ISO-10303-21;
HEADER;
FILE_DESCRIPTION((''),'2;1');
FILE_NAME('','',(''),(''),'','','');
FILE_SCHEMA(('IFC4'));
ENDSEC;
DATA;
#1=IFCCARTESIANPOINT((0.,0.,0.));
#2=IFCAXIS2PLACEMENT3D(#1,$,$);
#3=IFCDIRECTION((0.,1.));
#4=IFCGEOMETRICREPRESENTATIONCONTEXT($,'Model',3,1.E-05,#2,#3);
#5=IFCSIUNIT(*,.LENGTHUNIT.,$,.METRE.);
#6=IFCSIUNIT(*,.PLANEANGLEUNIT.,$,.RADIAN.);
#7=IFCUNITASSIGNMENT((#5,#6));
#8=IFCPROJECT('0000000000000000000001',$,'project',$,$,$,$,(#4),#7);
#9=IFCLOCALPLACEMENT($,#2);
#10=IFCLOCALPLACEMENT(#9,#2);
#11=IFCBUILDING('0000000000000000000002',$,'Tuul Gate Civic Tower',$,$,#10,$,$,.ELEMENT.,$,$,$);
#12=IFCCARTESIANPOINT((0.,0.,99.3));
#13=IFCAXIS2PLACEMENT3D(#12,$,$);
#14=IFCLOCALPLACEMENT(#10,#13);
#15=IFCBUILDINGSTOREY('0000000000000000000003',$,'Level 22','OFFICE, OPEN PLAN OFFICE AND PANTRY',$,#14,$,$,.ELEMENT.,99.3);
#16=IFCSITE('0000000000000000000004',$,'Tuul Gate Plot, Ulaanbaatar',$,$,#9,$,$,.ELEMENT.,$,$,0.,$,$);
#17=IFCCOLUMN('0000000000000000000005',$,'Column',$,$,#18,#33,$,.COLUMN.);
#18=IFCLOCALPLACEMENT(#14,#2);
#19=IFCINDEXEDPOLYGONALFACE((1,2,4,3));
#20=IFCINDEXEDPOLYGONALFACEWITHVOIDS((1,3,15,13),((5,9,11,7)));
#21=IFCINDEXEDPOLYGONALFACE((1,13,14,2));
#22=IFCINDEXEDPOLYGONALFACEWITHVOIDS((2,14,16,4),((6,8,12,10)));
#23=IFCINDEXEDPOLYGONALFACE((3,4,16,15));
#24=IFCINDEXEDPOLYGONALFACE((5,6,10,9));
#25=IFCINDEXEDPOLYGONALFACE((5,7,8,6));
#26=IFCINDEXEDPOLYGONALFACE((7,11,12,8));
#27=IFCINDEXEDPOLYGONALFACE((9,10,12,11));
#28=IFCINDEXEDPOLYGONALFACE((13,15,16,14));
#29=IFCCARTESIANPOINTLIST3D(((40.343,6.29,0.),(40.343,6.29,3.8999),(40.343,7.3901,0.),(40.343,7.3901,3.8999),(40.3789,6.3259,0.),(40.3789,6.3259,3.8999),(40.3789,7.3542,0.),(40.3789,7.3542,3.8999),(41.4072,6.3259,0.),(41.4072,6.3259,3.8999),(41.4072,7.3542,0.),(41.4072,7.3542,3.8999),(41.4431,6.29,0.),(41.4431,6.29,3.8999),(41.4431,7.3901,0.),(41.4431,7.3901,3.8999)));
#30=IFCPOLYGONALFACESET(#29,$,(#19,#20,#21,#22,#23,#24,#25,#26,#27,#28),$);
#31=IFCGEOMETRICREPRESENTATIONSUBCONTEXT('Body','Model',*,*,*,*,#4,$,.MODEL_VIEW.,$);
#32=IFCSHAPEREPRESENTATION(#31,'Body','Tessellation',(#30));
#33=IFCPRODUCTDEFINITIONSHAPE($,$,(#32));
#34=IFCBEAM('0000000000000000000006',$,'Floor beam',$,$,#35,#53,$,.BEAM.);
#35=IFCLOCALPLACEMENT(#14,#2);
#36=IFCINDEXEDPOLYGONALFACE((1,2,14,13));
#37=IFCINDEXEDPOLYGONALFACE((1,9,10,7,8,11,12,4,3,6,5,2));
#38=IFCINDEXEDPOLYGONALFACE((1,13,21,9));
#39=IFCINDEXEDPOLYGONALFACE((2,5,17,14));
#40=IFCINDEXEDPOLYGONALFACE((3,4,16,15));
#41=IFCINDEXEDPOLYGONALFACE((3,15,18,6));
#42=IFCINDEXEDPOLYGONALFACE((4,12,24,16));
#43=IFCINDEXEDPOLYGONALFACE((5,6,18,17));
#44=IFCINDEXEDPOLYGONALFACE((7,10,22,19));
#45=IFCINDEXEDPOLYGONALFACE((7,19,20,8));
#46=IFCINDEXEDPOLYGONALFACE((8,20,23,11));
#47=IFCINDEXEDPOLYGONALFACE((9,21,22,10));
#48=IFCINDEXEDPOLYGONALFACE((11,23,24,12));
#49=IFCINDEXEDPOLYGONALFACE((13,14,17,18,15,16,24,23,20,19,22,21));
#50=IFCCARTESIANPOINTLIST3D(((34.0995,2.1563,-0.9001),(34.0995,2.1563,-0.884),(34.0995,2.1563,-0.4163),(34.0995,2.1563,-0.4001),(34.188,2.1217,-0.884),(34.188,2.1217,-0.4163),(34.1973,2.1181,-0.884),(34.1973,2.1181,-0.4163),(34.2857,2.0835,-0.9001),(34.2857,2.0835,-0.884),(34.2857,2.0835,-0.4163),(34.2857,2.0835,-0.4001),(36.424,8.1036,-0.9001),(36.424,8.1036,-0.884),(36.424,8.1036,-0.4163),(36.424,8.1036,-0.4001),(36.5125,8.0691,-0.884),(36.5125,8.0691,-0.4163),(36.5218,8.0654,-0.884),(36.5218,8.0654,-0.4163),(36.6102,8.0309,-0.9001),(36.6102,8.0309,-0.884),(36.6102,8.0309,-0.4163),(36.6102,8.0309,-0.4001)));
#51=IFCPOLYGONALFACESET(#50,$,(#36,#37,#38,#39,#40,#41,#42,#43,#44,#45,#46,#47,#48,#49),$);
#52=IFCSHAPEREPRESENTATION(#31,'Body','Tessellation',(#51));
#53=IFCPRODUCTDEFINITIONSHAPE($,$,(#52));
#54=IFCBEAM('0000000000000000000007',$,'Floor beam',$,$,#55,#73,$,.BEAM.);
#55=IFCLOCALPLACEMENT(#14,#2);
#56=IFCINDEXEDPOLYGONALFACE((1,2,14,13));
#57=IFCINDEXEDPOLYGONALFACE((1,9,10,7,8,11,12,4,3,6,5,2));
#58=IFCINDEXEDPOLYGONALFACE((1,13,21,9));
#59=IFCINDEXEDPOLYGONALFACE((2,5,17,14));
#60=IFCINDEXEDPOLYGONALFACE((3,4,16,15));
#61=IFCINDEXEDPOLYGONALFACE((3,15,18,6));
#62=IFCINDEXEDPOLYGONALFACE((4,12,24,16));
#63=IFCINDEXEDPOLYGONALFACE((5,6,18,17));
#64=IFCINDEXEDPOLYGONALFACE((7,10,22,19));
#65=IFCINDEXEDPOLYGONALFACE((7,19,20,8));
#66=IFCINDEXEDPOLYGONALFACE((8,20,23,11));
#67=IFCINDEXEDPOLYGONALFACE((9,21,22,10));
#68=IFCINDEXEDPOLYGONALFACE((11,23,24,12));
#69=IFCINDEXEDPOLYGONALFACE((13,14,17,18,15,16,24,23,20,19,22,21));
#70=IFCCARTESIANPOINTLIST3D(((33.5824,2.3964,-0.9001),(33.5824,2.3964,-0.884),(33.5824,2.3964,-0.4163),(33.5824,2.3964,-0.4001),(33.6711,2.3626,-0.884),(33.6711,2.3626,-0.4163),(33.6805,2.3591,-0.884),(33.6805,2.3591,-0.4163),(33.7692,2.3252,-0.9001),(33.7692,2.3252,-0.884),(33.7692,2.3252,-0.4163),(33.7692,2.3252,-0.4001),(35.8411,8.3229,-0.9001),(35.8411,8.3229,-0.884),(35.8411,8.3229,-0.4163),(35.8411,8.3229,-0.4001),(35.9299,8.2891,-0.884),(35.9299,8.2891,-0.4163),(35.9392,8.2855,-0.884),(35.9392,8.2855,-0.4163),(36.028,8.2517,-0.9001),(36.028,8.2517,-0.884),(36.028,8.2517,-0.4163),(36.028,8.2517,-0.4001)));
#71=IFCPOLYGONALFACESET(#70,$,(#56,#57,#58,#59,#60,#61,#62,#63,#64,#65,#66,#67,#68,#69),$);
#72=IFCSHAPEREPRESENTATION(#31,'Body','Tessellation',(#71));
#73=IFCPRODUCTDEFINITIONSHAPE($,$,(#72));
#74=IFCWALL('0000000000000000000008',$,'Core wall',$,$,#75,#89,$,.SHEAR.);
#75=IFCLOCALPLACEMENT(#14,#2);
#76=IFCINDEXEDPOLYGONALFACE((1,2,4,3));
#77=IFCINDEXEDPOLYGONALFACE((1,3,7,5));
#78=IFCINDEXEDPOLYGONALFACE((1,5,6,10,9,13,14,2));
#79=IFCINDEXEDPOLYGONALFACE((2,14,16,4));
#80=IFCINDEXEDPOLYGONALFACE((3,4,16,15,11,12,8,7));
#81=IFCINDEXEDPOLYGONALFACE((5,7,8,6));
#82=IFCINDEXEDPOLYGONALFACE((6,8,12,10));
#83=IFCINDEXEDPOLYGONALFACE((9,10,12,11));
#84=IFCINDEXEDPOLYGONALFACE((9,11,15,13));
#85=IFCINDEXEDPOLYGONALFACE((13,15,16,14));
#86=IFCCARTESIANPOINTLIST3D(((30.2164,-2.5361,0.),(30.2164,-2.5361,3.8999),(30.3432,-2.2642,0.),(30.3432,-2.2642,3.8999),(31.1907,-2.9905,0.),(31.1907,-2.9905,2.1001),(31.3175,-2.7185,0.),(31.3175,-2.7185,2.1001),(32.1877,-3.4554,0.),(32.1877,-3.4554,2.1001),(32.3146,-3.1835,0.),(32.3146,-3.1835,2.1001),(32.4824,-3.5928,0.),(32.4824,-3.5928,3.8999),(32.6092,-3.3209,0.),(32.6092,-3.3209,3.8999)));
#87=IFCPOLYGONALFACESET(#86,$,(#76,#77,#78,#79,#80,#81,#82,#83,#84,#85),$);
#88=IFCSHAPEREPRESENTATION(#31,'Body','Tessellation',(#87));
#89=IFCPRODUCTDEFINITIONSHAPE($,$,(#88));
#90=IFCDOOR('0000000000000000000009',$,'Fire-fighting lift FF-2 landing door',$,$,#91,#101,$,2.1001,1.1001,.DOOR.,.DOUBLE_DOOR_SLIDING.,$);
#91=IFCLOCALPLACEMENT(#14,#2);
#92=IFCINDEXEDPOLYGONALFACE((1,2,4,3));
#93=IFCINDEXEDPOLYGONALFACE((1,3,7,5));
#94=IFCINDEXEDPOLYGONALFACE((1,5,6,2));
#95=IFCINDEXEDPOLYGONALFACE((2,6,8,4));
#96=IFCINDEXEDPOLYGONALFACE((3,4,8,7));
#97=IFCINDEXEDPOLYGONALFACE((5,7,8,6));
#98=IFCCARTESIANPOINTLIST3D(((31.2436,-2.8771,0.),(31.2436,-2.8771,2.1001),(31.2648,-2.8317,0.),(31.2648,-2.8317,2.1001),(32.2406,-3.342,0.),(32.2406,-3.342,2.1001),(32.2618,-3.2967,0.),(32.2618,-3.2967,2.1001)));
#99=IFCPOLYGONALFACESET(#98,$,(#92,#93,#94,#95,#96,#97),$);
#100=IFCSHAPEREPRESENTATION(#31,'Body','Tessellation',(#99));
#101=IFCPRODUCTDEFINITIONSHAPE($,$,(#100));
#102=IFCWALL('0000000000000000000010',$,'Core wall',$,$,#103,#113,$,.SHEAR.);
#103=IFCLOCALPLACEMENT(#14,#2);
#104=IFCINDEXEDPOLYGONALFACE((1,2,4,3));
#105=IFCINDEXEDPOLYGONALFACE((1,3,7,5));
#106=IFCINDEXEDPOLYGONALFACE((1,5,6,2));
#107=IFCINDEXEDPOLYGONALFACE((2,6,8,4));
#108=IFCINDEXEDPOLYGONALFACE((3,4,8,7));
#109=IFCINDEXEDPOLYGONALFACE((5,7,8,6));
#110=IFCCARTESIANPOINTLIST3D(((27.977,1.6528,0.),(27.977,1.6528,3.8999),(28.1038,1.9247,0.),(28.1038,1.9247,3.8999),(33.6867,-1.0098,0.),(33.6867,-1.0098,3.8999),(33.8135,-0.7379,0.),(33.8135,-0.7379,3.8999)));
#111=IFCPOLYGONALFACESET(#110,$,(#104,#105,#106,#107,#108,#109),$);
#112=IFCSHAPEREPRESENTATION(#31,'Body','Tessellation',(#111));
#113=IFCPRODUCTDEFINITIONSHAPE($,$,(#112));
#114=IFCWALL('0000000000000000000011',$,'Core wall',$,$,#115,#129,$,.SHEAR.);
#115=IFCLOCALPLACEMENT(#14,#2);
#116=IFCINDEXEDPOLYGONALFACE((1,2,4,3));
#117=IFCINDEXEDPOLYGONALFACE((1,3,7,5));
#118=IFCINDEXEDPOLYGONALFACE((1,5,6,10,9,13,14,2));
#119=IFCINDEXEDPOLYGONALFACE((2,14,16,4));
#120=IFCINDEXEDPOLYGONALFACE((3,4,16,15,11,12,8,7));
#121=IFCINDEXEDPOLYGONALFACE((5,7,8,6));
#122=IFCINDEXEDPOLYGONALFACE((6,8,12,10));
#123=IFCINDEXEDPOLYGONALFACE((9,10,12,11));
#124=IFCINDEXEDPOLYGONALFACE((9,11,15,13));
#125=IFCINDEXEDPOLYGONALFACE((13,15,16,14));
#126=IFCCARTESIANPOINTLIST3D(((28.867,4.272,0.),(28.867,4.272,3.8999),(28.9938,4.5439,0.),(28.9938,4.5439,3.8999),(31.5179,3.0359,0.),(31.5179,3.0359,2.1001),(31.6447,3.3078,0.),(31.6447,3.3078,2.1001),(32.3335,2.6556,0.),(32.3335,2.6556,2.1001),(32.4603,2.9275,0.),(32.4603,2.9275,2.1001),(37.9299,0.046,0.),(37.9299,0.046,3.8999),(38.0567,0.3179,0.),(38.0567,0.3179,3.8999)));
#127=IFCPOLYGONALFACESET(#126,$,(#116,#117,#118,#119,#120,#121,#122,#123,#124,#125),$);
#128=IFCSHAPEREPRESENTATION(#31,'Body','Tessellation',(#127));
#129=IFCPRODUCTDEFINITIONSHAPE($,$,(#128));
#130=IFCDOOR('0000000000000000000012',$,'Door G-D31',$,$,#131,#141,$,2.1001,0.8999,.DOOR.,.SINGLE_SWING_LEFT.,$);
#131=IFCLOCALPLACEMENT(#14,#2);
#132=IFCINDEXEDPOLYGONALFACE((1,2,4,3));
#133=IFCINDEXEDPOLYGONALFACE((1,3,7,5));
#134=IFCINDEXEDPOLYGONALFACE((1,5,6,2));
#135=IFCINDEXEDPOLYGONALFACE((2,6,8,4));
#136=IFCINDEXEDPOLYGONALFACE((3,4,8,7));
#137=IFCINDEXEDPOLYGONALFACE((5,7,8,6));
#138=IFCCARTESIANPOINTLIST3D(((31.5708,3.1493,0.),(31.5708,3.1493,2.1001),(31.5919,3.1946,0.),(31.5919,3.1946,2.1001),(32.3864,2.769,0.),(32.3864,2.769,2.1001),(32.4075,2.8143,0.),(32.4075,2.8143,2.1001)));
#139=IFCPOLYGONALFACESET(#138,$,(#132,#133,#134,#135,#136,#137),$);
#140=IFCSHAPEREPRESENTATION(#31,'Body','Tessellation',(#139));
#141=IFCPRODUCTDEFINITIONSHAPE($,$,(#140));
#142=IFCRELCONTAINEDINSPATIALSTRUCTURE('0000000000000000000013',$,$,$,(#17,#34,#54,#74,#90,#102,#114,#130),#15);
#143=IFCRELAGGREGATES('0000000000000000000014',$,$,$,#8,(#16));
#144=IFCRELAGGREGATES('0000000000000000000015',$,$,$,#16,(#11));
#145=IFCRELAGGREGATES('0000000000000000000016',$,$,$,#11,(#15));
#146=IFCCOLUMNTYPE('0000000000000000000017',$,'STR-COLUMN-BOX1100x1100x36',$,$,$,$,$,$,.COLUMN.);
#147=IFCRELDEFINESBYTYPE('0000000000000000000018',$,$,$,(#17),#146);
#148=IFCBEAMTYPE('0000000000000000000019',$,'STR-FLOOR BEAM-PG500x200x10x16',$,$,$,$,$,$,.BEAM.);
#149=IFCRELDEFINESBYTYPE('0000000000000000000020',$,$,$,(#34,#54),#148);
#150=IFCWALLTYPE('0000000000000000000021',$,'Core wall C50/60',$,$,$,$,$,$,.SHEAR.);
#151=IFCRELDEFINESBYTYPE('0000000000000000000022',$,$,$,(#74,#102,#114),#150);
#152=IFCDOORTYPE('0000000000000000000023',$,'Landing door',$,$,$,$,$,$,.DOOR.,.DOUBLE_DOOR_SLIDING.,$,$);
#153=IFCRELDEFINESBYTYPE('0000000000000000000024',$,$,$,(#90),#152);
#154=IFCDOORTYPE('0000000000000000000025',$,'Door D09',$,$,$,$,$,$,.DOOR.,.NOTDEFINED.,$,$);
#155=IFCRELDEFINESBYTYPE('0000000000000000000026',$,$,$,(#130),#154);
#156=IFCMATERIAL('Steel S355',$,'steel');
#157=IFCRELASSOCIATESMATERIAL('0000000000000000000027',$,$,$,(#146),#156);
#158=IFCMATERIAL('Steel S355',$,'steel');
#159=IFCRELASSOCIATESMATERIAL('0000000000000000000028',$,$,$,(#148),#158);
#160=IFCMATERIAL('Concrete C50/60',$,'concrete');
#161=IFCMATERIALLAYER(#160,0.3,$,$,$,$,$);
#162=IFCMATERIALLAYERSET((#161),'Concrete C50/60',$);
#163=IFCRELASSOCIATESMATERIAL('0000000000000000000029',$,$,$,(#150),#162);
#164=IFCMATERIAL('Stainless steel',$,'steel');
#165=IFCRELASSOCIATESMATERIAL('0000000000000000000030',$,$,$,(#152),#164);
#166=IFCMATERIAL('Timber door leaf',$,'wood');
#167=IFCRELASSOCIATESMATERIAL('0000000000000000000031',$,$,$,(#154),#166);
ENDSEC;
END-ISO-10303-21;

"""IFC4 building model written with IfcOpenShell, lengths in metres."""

from ifc_helpers import new_model, si_unit, direction, frame, frame_2d, origin, origin_2d, place, context, subcontext, project, spatial, rectangle, hollow_rectangle, i_section, extrude, material, layer, layer_set, material_profile, profile_set, type_object, element, fill, save


model = new_model("IFC4")

# Units and contexts
model_context = context("Model", 3, precision=1e-05, world=origin(), true_north=direction((0.0, 1.0)))
body_context = subcontext(model_context, "Body", "Model", "MODEL_VIEW")
ifc_project = project(units=[si_unit("LENGTHUNIT", "METRE"), si_unit("PLANEANGLEUNIT", "RADIAN")], contexts=[model_context])

# Site, building, storey
site_placement = place(None, origin())
site = spatial("IfcSite", under=ifc_project, at=site_placement, Name="Tuul Gate Plot, Ulaanbaatar", CompositionType="ELEMENT", RefElevation=0.0)
building_placement = place(site_placement, origin())
building = spatial("IfcBuilding", under=site, at=building_placement, Name="Tuul Gate Civic Tower", CompositionType="ELEMENT")
storey_placement = place(building_placement, frame((0.0, 0.0, 99.3)))
storey = spatial("IfcBuildingStorey", under=building, at=storey_placement, Name="Level 22", Description="OFFICE, OPEN PLAN OFFICE AND PANTRY", CompositionType="ELEMENT", Elevation=99.3)

# Column
ifc_material_1 = material(Name="Steel S355", Category="steel")
ifc_material_profile_1 = material_profile(ifc_material_1, hollow_rectangle(XDim=1.1001, YDim=1.1001, WallThickness=0.0359, at=origin_2d()), Name="BOX1100x1100x36")
ifc_profile_set_1 = profile_set([ifc_material_profile_1], Name="Steel S355")
column_type = type_object("IfcColumnType", Name="STR-COLUMN-BOX1100x1100x36", PredefinedType="COLUMN", material=ifc_profile_set_1)
column_placement = place(storey_placement, frame((40.8931, 6.8401, 0.0), z_axis=(0.0, 0.0, 1.0), x_axis=(1.0, 0.0, 0.0)))
element("IfcColumn", 1, at=column_placement, inside=storey, type_object=column_type, Name="Column", PredefinedType="COLUMN", context=body_context, shape_type="SweptSolid", body=[
    extrude(hollow_rectangle(XDim=1.1001, YDim=1.1001, WallThickness=0.0359, at=origin_2d()), origin(), (0.0, 0.0, 1.0), 3.8999),
])

# Beams
ifc_material_2 = material(Name="Steel S355", Category="steel")
ifc_material_profile_2 = material_profile(ifc_material_2, i_section(OverallWidth=0.2, OverallDepth=0.5, WebThickness=0.01, FlangeThickness=0.0161, at=origin_2d()), Name="PG500x200x10x16")
ifc_profile_set_2 = profile_set([ifc_material_profile_2], Name="Steel S355")
beam_type = type_object("IfcBeamType", Name="STR-FLOOR BEAM-PG500x200x10x16", PredefinedType="BEAM", material=ifc_profile_set_2)
beam_1_placement = place(storey_placement, frame((34.1926, 2.1199, -0.6501), z_axis=(0.364029, 0.931388, 0.0), x_axis=(-0.931388, 0.364029, 0.0)))
element("IfcBeam", 2, at=beam_1_placement, inside=storey, type_object=beam_type, Name="Floor beam", PredefinedType="BEAM", context=body_context, shape_type="SweptSolid", body=[
    extrude(i_section(OverallWidth=0.2, OverallDepth=0.5, WebThickness=0.01, FlangeThickness=0.0161, at=origin_2d()), origin(), (0.0, 0.0, 1.0), 6.3855),
])
beam_2_placement = place(storey_placement, frame((33.6758, 2.3608, -0.6501), z_axis=(0.356143, 0.934432, 0.0), x_axis=(-0.934432, 0.356143, 0.0)))
element("IfcBeam", 3, at=beam_2_placement, inside=storey, type_object=beam_type, Name="Floor beam", PredefinedType="BEAM", context=body_context, shape_type="SweptSolid", body=[
    extrude(i_section(OverallWidth=0.2, OverallDepth=0.5, WebThickness=0.01, FlangeThickness=0.0161, at=origin_2d()), origin(), (0.0, 0.0, 1.0), 6.3423),
])

# Wall, opening, door
ifc_material_3 = material(Name="Concrete C50/60", Category="concrete")
ifc_layer_1 = layer(ifc_material_3, 0.3)
ifc_layer_set_1 = layer_set([ifc_layer_1], Name="Concrete C50/60")
wall_type_1 = type_object("IfcWallType", Name="Core wall C50/60", PredefinedType="SHEAR", material=ifc_layer_set_1)
wall_1_placement = place(storey_placement, frame((32.5457, -3.4568, 0.0), z_axis=(0.0, 0.0, 1.0), x_axis=(-0.9063, 0.422634, 0.0)))
wall_1 = element("IfcWall", 4, at=wall_1_placement, inside=storey, type_object=wall_type_1, Name="Core wall", PredefinedType="SHEAR", context=body_context, shape_type="SweptSolid", body=[
    extrude(rectangle(XDim=2.5002, YDim=0.3, at=frame_2d((1.25, 0.0))), origin(), (0.0, 0.0, 1.0), 3.8999),
])
opening_1_placement = place(wall_1_placement, frame((0.325, 0.0, 0.0)))
opening_1 = element("IfcOpeningElement", 5, at=opening_1_placement, cuts=wall_1, PredefinedType="OPENING", context=body_context, shape_type="SweptSolid", body=[
    extrude(rectangle(XDim=1.1001, YDim=2.1001, at=frame_2d((0.55, 1.05))), frame((0.0, 0.1602, 0.0), z_axis=(0.0, -1.0, 0.0), x_axis=(1.0, 0.0, 0.0)), (0.0, 0.0, 1.0), 0.3201),
])
ifc_material_4 = material(Name="Stainless steel", Category="steel")
door_type_1 = type_object("IfcDoorType", Name="Landing door", OperationType="DOUBLE_DOOR_SLIDING", PredefinedType="DOOR", material=ifc_material_4)
door_1_placement = place(opening_1_placement, origin())
door_1 = element("IfcDoor", 6, at=door_1_placement, inside=storey, type_object=door_type_1, Name="Fire-fighting lift FF-2 landing door", OperationType="DOUBLE_DOOR_SLIDING", OverallHeight=2.1001, OverallWidth=1.1001, PredefinedType="DOOR", context=body_context, shape_type="SweptSolid", body=[
    extrude(rectangle(XDim=1.1001, YDim=2.1001, at=frame_2d((0.55, 1.05))), frame((0.0, 0.0249, 0.0), z_axis=(0.0, -1.0, 0.0), x_axis=(1.0, 0.0, 0.0)), (0.0, 0.0, 1.0), 0.05),
])
fill(opening_1, door_1)

# Wall
wall_2_placement = place(storey_placement, frame((33.75, -0.8738, 0.0), z_axis=(0.0, 0.0, 1.0), x_axis=(-0.906301, 0.422633, 0.0)))
element("IfcWall", 7, at=wall_2_placement, inside=storey, type_object=wall_type_1, Name="Core wall", PredefinedType="SHEAR", context=body_context, shape_type="SweptSolid", body=[
    extrude(rectangle(XDim=6.3, YDim=0.3, at=frame_2d((3.1499, 0.0))), origin(), (0.0, 0.0, 1.0), 3.8999),
])

# Wall, opening, door
wall_3_placement = place(storey_placement, frame((37.9934, 0.1819, 0.0), z_axis=(0.0, 0.0, 1.0), x_axis=(-0.90631, 0.422613, 0.0)))
wall_3 = element("IfcWall", 8, at=wall_3_placement, inside=storey, type_object=wall_type_1, Name="Core wall", PredefinedType="SHEAR", context=body_context, shape_type="SweptSolid", body=[
    extrude(rectangle(XDim=9.9998, YDim=0.3, at=frame_2d((5.0, 0.0))), origin(), (0.0, 0.0, 1.0), 3.8999),
])
opening_2_placement = place(wall_3_placement, frame((6.175, 0.0, 0.0)))
opening_2 = element("IfcOpeningElement", 9, at=opening_2_placement, cuts=wall_3, PredefinedType="OPENING", context=body_context, shape_type="SweptSolid", body=[
    extrude(rectangle(XDim=0.8999, YDim=2.1001, at=frame_2d((0.45, 1.05))), frame((0.0, 0.1602, 0.0), z_axis=(0.0, -1.0, 0.0), x_axis=(1.0, 0.0, 0.0)), (0.0, 0.0, 1.0), 0.3201),
])
ifc_material_5 = material(Name="Timber door leaf", Category="wood")
door_type_2 = type_object("IfcDoorType", Name="Door D09", OperationType="NOTDEFINED", PredefinedType="DOOR", material=ifc_material_5)
door_2_placement = place(opening_2_placement, origin())
door_2 = element("IfcDoor", 10, at=door_2_placement, inside=storey, type_object=door_type_2, Name="Door G-D31", OperationType="SINGLE_SWING_LEFT", OverallHeight=2.1001, OverallWidth=0.8999, PredefinedType="DOOR", context=body_context, shape_type="SweptSolid", body=[
    extrude(rectangle(XDim=0.8999, YDim=2.1001, at=frame_2d((0.45, 1.05))), frame((0.0, 0.0249, 0.0), z_axis=(0.0, -1.0, 0.0), x_axis=(1.0, 0.0, 0.0)), (0.0, 0.0, 1.0), 0.05),
])
fill(opening_2, door_2)

save(model, "model.ifc")
